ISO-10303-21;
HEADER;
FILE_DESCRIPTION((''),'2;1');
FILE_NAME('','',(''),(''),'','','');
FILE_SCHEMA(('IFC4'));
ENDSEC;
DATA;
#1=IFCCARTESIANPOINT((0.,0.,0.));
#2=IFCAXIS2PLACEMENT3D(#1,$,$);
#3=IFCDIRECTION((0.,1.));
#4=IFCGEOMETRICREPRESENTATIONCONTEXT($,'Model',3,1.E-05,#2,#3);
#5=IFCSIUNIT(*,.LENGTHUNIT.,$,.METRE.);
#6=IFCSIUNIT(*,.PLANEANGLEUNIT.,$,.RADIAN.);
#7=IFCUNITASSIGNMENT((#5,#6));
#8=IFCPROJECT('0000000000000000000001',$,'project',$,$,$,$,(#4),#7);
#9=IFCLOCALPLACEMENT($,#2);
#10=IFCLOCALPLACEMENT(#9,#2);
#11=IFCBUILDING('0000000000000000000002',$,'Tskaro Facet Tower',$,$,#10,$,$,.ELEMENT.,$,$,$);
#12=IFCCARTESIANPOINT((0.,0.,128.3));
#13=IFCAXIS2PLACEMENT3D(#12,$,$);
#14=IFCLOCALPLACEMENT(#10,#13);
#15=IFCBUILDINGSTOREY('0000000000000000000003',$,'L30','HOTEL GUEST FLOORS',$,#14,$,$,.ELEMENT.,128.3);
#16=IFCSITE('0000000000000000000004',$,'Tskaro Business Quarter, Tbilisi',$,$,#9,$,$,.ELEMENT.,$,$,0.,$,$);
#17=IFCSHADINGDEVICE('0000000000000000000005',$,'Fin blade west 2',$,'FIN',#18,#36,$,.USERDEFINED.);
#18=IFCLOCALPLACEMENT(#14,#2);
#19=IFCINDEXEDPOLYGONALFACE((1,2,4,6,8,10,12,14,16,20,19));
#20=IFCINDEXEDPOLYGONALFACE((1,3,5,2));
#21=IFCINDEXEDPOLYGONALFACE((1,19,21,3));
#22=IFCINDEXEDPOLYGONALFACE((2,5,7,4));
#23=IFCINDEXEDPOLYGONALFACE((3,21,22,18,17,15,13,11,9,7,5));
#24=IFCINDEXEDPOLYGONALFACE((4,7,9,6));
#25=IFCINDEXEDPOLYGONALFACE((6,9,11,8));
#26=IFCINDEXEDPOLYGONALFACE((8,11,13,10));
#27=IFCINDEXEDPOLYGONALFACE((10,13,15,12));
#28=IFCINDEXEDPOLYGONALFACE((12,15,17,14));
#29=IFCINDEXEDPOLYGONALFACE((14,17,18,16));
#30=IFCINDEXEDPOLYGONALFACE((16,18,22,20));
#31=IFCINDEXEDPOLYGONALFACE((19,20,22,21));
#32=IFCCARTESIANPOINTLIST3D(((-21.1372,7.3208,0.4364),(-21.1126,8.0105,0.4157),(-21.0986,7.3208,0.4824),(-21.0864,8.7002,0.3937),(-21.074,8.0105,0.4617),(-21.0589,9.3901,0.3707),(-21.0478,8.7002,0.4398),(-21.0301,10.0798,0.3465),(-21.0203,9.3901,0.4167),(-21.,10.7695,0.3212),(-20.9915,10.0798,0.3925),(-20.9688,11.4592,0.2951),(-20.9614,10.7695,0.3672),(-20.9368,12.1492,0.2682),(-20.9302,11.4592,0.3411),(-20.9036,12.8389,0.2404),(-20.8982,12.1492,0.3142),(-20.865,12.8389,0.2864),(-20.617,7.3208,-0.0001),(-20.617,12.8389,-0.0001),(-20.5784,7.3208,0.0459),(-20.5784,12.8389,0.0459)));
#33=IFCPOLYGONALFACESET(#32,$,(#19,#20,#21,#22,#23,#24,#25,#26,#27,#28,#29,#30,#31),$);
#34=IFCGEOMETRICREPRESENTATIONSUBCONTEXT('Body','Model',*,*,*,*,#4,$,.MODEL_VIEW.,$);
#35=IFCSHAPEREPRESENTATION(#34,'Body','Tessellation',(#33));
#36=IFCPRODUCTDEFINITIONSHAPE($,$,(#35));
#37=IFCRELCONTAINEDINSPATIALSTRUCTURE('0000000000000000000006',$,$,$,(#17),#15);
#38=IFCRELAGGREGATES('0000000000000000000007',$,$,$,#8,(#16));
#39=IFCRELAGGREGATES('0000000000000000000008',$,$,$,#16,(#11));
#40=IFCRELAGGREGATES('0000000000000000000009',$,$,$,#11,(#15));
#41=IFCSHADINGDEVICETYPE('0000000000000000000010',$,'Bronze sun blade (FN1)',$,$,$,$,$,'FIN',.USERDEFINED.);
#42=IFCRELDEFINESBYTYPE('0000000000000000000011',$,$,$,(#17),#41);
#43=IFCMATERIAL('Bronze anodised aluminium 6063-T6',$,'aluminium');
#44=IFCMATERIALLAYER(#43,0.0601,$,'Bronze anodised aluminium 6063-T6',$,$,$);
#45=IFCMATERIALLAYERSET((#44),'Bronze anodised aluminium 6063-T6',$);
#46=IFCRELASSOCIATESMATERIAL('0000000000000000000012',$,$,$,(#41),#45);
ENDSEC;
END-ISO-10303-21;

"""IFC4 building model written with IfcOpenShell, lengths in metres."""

from ifc_helpers import new_model, si_unit, direction, frame, origin, place, context, subcontext, project, spatial, polyline, outline, extrude, material, layer, layer_set, type_object, element, save


model = new_model("IFC4")

# Units and contexts
model_context = context("Model", 3, precision=1e-05, world=origin(), true_north=direction((0.0, 1.0)))
body_context = subcontext(model_context, "Body", "Model", "MODEL_VIEW")
ifc_project = project(units=[si_unit("LENGTHUNIT", "METRE"), si_unit("PLANEANGLEUNIT", "RADIAN")], contexts=[model_context])

# Site, building, storey
site_placement = place(None, origin())
site = spatial("IfcSite", under=ifc_project, at=site_placement, Name="Tskaro Business Quarter, Tbilisi", CompositionType="ELEMENT", RefElevation=0.0)
building_placement = place(site_placement, origin())
building = spatial("IfcBuilding", under=site, at=building_placement, Name="Tskaro Facet Tower", CompositionType="ELEMENT")
storey_placement = place(building_placement, frame((0.0, 0.0, 128.3)))
storey = spatial("IfcBuildingStorey", under=building, at=storey_placement, Name="L30", Description="HOTEL GUEST FLOORS", CompositionType="ELEMENT", Elevation=128.3)

# Shared definitions
ifc_material_1 = material(Name="Bronze anodised aluminium 6063-T6", Category="aluminium")

# Shading device
ifc_layer_1 = layer(ifc_material_1, 0.0601, Name="Bronze anodised aluminium 6063-T6")
ifc_layer_set_1 = layer_set([ifc_layer_1], Name="Bronze anodised aluminium 6063-T6")
shading_device_type = type_object("IfcShadingDeviceType", Name="Bronze sun blade (FN1)", ElementType="FIN", PredefinedType="USERDEFINED", material=ifc_layer_set_1)
shading_device_placement = place(storey_placement, frame((-20.5784, 12.8389, 0.0459), z_axis=(0.642737, 0.000002, 0.766087), x_axis=(0.000001, -1.0, 0.000002)))
element("IfcShadingDevice", 1, at=shading_device_placement, inside=storey, type_object=shading_device_type, Name="Fin blade west 2", ObjectType="FIN", PredefinedType="USERDEFINED", context=body_context, shape_type="SweptSolid", body=[
    extrude(outline(polyline([(0.0, 0.0), (5.5181, 0.0), (5.5181, -0.6791), (4.8284, -0.6469), (4.1387, -0.6128), (3.4487, -0.5769), (2.759, -0.5393), (2.0693, -0.5), (1.3796, -0.4592), (0.6897, -0.4175), (0.0, -0.3741), (0.0, 0.0)])), origin(), (0.0, 0.0, -1.0), 0.0601),
])

save(model, "model.ifc")
